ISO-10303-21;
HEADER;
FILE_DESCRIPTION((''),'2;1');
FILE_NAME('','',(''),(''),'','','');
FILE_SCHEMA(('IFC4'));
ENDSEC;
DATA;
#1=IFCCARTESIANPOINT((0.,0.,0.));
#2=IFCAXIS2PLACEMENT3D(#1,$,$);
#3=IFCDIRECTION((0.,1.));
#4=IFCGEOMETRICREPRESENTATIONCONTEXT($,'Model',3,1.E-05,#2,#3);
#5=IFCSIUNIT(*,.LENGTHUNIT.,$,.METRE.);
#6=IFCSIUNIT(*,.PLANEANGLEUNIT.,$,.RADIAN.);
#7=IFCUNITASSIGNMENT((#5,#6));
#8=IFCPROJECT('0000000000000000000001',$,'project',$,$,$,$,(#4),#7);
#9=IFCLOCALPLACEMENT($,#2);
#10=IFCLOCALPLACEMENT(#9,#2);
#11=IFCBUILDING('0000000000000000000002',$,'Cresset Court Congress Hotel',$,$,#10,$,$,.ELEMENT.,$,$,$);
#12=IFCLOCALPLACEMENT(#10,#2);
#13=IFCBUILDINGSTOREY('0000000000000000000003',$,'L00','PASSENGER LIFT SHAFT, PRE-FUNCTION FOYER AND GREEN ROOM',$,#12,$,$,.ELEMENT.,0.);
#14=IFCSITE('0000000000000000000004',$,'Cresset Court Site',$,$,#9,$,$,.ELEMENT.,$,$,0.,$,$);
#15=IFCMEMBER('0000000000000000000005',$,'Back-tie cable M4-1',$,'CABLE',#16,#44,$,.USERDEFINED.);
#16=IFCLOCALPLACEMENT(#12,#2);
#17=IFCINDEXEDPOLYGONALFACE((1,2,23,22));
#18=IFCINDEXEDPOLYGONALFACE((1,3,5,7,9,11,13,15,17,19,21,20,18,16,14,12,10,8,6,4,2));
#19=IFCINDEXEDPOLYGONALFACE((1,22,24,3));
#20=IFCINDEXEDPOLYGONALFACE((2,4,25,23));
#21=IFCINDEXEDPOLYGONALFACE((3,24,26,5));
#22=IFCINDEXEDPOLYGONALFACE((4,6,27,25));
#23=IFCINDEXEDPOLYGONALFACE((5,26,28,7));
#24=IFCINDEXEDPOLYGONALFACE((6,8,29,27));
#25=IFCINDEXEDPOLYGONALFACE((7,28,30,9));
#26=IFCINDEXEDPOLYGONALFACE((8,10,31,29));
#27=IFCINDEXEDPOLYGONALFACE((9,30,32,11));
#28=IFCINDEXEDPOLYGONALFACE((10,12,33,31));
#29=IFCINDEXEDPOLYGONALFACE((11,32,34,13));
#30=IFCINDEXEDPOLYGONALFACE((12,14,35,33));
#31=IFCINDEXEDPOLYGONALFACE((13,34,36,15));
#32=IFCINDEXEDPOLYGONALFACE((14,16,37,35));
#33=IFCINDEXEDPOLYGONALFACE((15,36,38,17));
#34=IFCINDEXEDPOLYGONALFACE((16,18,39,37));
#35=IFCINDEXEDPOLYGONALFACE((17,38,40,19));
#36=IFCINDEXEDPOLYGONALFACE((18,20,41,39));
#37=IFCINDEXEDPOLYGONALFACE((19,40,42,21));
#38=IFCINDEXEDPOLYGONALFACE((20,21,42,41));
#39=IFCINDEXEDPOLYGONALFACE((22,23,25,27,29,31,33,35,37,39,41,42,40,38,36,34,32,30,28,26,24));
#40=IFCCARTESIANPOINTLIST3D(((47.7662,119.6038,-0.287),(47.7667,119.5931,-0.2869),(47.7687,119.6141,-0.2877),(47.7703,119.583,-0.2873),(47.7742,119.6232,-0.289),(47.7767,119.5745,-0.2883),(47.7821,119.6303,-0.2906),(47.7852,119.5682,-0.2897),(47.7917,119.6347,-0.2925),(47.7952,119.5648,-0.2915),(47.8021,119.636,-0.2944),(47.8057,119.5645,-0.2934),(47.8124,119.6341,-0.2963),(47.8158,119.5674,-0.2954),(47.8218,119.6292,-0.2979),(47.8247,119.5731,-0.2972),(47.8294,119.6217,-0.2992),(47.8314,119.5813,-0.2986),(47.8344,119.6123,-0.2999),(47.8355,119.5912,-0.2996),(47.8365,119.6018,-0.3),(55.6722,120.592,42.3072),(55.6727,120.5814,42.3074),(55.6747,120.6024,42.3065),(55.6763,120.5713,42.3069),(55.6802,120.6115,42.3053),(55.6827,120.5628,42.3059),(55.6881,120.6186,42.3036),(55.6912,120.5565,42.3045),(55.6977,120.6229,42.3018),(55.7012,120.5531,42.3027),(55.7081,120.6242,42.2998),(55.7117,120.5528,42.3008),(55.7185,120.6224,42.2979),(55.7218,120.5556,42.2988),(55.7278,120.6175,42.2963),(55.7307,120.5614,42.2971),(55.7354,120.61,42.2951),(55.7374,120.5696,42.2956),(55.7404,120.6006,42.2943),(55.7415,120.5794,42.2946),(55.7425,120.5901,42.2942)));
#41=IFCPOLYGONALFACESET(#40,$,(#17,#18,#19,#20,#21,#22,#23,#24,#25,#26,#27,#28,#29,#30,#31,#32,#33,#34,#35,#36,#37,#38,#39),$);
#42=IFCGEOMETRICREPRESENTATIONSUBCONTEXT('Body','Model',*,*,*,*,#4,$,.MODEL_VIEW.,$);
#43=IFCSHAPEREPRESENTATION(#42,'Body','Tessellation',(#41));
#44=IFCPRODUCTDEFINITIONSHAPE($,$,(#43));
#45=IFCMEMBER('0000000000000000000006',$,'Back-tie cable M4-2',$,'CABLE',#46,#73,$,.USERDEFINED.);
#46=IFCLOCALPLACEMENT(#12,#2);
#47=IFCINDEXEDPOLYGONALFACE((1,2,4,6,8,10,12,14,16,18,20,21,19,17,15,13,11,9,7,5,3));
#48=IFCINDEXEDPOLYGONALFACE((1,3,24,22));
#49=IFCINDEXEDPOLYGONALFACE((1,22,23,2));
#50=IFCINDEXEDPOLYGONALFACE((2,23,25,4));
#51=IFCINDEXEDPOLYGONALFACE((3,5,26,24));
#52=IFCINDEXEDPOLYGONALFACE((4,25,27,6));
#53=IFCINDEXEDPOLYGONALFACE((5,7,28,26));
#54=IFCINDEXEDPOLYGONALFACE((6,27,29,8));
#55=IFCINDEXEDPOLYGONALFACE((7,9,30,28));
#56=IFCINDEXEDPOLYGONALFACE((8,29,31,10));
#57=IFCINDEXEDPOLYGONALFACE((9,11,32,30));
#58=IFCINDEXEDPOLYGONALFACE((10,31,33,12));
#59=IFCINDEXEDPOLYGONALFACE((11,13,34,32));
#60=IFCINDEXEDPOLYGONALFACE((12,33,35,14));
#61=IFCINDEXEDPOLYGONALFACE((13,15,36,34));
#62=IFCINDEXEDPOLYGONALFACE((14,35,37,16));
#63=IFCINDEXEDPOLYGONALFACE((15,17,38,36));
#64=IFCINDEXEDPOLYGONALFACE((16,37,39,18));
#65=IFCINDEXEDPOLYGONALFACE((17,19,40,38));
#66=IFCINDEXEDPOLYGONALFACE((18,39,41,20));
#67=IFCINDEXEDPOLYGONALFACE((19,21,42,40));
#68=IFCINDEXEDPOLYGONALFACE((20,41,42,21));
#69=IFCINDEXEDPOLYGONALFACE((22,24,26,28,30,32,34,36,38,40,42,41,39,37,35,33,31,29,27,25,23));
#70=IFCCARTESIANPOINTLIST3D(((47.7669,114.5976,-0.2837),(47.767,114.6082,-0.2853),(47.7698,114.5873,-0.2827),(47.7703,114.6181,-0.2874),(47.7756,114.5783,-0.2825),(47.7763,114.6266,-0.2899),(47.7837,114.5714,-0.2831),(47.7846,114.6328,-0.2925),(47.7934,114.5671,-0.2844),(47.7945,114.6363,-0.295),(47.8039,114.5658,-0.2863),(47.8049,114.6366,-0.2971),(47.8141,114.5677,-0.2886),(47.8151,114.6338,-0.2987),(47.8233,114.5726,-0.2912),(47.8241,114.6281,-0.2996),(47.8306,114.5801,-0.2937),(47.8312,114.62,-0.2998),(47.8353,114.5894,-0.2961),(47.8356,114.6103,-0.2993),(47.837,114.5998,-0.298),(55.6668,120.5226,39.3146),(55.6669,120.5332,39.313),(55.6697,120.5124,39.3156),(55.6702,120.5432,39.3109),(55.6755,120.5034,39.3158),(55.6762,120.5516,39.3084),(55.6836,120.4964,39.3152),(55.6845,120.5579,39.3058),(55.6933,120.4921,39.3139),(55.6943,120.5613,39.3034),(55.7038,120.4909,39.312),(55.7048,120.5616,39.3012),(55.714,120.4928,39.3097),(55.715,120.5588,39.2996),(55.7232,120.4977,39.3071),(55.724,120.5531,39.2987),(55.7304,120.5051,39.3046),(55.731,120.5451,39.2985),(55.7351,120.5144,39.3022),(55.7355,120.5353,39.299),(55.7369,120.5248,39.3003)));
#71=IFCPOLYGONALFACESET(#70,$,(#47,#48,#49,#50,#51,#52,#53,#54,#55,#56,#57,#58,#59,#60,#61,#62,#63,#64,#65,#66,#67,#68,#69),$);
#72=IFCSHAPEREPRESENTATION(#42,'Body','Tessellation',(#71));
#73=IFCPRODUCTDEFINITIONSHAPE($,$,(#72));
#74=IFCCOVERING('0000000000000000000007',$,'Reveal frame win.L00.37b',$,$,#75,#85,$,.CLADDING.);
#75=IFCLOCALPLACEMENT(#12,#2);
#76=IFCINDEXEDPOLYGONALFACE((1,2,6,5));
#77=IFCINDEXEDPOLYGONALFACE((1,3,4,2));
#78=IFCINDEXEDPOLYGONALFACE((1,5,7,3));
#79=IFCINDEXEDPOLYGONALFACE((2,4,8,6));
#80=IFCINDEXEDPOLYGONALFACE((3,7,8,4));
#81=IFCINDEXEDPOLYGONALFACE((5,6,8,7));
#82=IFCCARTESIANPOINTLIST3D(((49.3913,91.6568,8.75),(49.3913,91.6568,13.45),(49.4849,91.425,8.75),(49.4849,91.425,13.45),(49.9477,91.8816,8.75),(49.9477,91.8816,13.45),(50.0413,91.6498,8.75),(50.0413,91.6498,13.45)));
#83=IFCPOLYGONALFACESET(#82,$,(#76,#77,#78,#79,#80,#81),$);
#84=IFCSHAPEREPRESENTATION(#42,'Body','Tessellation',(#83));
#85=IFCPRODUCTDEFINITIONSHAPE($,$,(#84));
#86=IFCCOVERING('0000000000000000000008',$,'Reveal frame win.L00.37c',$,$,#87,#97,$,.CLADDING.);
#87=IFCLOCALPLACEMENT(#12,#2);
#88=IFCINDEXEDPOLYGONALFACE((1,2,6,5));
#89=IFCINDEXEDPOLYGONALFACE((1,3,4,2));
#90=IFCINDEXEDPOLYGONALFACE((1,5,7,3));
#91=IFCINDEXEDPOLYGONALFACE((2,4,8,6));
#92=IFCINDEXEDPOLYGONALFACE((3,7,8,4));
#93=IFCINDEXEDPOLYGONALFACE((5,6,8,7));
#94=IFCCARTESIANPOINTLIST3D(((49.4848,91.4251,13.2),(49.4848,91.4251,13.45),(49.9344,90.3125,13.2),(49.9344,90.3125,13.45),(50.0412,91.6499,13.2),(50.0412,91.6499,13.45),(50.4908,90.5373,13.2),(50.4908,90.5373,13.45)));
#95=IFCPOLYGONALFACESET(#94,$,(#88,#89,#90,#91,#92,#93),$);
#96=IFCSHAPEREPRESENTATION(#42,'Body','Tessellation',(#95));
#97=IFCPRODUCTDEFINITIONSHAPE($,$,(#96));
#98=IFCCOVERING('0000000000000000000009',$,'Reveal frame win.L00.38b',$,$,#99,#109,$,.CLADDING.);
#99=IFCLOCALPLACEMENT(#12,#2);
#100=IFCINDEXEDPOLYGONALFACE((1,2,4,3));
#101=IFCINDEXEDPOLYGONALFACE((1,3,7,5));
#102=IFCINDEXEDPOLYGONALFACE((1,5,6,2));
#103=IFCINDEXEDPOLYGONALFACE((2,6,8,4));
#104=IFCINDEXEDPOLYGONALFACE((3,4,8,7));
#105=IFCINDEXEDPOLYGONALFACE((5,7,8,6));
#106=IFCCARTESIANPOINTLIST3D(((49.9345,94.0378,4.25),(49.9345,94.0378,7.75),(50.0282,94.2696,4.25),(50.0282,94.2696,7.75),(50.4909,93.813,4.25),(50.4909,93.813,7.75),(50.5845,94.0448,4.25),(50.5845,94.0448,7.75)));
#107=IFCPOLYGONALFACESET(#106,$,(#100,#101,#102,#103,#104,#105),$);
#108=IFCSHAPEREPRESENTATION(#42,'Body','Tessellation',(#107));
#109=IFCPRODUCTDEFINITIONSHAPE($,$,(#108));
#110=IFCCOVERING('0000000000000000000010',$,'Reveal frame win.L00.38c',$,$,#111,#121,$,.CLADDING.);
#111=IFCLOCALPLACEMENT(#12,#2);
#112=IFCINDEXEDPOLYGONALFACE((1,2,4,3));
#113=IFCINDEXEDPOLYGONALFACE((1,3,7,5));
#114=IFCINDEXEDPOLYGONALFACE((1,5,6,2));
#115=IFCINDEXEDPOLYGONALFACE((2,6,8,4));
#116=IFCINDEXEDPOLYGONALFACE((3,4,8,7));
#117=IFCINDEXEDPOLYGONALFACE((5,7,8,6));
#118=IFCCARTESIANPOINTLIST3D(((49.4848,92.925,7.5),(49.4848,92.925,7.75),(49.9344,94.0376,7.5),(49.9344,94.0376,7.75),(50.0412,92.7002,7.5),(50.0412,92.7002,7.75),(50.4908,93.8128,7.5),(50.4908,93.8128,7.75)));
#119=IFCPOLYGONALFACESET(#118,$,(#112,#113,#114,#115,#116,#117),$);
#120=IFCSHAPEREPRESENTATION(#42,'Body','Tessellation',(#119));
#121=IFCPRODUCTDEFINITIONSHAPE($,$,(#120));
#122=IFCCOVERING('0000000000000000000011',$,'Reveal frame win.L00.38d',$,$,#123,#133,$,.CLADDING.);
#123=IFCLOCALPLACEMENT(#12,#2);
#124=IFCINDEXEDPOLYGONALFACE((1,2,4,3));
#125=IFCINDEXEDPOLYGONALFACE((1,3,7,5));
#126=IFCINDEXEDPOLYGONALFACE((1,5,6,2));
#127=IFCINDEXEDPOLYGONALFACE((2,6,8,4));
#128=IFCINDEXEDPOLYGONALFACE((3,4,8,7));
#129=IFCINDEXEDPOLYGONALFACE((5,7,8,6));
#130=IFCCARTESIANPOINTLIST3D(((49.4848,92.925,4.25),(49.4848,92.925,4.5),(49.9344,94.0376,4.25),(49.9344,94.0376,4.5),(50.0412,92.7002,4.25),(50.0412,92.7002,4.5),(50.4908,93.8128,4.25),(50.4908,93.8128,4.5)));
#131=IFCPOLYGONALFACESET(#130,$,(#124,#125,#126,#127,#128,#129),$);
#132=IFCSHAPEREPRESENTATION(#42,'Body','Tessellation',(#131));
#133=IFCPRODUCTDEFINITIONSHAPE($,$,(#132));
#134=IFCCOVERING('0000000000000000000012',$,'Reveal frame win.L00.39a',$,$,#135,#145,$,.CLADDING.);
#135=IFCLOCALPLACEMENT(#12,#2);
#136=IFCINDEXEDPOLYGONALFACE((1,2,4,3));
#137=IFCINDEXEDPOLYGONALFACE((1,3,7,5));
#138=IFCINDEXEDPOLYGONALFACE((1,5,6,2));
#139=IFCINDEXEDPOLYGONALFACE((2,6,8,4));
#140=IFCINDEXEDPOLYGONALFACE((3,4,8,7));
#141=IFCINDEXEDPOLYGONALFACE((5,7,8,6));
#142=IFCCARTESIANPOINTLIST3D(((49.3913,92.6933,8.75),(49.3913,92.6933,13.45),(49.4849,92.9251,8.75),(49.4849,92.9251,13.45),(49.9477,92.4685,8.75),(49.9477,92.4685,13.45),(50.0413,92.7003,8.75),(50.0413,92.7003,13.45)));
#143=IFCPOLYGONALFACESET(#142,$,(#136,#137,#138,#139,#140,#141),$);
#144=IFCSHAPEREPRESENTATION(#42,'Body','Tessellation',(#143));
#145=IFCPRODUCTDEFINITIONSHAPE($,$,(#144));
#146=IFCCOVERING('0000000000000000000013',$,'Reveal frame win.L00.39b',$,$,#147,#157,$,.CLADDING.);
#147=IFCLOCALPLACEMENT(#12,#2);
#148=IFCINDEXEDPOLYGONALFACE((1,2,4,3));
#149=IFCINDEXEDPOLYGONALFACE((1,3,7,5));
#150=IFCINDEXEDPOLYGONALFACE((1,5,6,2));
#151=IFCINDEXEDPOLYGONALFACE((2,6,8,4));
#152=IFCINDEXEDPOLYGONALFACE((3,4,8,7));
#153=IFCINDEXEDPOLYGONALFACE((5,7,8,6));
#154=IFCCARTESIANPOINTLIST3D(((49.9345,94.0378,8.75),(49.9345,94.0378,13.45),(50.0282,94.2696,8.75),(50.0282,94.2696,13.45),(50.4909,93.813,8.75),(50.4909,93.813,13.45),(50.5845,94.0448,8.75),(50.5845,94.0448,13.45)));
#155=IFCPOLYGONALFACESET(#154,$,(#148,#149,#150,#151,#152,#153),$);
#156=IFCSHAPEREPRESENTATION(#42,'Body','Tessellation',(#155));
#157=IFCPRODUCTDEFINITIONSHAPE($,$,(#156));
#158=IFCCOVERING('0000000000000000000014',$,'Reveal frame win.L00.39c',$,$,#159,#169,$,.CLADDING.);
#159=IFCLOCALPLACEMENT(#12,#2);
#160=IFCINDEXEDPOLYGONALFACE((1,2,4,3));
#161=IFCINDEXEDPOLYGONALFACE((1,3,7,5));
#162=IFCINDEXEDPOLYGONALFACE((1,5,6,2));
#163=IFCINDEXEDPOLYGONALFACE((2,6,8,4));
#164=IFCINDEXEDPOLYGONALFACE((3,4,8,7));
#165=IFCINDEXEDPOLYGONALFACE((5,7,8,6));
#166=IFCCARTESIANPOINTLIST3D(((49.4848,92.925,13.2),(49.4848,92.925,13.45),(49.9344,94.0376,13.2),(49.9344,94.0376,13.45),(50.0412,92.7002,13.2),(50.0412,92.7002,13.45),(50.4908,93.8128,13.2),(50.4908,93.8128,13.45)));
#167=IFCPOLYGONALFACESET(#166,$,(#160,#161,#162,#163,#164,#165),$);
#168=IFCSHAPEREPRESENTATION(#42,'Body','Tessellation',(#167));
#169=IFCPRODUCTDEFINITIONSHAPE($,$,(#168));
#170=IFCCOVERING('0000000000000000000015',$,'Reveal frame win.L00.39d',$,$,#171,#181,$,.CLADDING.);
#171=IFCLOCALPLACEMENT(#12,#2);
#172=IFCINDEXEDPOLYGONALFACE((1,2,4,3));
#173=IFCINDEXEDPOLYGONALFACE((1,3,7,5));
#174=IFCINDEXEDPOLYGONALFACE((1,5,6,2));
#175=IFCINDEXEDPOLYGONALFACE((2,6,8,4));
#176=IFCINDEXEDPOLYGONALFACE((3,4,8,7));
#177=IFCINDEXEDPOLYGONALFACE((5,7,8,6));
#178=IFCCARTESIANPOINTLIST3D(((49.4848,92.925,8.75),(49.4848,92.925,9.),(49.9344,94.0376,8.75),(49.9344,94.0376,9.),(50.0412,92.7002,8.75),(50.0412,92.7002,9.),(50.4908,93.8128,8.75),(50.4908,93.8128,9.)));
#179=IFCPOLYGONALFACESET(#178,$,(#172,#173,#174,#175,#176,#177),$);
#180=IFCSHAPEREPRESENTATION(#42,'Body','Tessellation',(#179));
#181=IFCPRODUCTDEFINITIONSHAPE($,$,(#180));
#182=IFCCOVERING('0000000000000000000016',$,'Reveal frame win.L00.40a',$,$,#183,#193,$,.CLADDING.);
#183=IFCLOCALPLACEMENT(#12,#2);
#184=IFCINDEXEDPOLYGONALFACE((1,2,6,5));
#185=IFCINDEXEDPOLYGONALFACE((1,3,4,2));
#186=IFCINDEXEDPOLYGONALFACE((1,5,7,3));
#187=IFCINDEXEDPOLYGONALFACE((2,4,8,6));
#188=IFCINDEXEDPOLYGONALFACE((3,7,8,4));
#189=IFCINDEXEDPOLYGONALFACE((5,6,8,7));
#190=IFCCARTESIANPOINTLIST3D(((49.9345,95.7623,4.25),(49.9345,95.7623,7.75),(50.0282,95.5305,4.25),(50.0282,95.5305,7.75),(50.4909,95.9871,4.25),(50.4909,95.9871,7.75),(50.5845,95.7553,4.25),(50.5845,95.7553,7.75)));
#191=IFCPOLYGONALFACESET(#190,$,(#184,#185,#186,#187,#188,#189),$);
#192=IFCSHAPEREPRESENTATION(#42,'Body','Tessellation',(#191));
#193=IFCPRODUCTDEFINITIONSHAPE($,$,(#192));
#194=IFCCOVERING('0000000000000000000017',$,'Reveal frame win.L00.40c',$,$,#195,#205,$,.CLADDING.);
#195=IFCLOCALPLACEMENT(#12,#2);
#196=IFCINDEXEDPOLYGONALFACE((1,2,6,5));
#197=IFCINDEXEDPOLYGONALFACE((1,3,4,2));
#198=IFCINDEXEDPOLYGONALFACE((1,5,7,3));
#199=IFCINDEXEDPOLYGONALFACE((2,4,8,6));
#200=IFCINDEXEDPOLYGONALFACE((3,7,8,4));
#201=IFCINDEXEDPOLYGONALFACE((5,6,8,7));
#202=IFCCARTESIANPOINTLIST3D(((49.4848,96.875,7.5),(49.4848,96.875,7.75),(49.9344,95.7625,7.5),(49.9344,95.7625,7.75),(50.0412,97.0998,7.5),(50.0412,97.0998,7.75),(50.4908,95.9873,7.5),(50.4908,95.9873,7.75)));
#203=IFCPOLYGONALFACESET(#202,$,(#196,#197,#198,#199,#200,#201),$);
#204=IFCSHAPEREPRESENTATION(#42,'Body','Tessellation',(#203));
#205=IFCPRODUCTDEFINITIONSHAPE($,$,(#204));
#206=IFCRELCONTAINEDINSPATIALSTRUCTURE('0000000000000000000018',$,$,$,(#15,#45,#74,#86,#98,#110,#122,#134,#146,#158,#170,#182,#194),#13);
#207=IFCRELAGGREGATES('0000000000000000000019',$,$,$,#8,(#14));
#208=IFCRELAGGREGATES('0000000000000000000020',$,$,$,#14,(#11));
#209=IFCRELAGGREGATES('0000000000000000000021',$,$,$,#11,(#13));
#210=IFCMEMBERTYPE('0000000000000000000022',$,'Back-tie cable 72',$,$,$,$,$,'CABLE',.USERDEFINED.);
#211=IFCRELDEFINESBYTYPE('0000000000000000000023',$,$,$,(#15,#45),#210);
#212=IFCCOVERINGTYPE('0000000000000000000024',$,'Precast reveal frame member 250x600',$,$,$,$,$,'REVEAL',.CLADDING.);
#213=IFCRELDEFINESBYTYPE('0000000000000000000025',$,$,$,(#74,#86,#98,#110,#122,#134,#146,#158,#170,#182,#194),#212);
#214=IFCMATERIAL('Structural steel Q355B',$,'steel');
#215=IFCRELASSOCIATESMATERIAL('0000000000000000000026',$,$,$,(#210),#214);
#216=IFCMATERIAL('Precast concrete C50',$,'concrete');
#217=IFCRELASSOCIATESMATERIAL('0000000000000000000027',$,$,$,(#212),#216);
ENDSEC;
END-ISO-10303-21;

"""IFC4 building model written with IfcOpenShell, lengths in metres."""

from ifc_helpers import new_model, si_unit, direction, frame, origin, origin_2d, place, context, subcontext, project, spatial, rectangle, circle, extrude, material, material_profile, profile_set, type_object, element, save


model = new_model("IFC4")

# Units and contexts
model_context = context("Model", 3, precision=1e-05, world=origin(), true_north=direction((0.0, 1.0)))
body_context = subcontext(model_context, "Body", "Model", "MODEL_VIEW")
ifc_project = project(units=[si_unit("LENGTHUNIT", "METRE"), si_unit("PLANEANGLEUNIT", "RADIAN")], contexts=[model_context])

# Site, building, storey
site_placement = place(None, origin())
site = spatial("IfcSite", under=ifc_project, at=site_placement, Name="Cresset Court Site", CompositionType="ELEMENT", RefElevation=0.0)
building_placement = place(site_placement, origin())
building = spatial("IfcBuilding", under=site, at=building_placement, Name="Cresset Court Congress Hotel", CompositionType="ELEMENT")
storey_placement = place(building_placement, origin())
storey = spatial("IfcBuildingStorey", under=building, at=storey_placement, Name="L00", Description="PASSENGER LIFT SHAFT, PRE-FUNCTION FOYER AND GREEN ROOM", CompositionType="ELEMENT", Elevation=0.0)

# Members
ifc_material_1 = material(Name="Structural steel Q355B", Category="steel")
ifc_material_profile = material_profile(ifc_material_1, circle(Radius=0.0359, at=origin_2d()), Name="CABLE72")
ifc_profile_set = profile_set([ifc_material_profile], Name="Structural steel Q355B")
member_type = type_object("IfcMemberType", Name="Back-tie cable 72", ElementType="CABLE", PredefinedType="USERDEFINED", material=ifc_profile_set)
member_1_placement = place(storey_placement, frame((55.7073, 120.5884, 42.3008), z_axis=(-0.182448, -0.022807, -0.982951), x_axis=(0.124039, -0.992277, 0.0)))
element("IfcMember", 1, at=member_1_placement, inside=storey, type_object=member_type, Name="Back-tie cable M4-1", ObjectType="CABLE", PredefinedType="USERDEFINED", context=body_context, shape_type="SweptSolid", body=[
    extrude(circle(Radius=0.0359, at=origin_2d()), origin(), (0.0, 0.0, 1.0), 43.333),
])
member_2_placement = place(storey_placement, frame((55.7017, 120.5264, 39.3071), z_axis=(-0.193572, -0.145182, -0.970284), x_axis=(0.600008, -0.799994, 0.0)))
element("IfcMember", 2, at=member_2_placement, inside=storey, type_object=member_type, Name="Back-tie cable M4-2", ObjectType="CABLE", PredefinedType="USERDEFINED", context=body_context, shape_type="SweptSolid", body=[
    extrude(circle(Radius=0.0359, at=origin_2d()), origin(), (0.0, 0.0, 1.0), 40.811),
])

# Coverings
ifc_material_2 = material(Name="Precast concrete C50", Category="concrete")
covering_type = type_object("IfcCoveringType", Name="Precast reveal frame member 250x600", ElementType="REVEAL", PredefinedType="CLADDING", material=ifc_material_2)
covering_1_placement = place(storey_placement, frame((49.7163, 91.6533, 8.75), z_axis=(0.0, 0.0, 1.0), x_axis=(-0.374623, 0.927177, 0.0)))
element("IfcCovering", 3, at=covering_1_placement, inside=storey, type_object=covering_type, Name="Reveal frame win.L00.37b", PredefinedType="CLADDING", context=body_context, shape_type="SweptSolid", body=[
    extrude(rectangle(XDim=0.25, YDim=0.6001, at=origin_2d()), origin(), (0.0, 0.0, 1.0), 4.7),
])
covering_2_placement = place(storey_placement, frame((49.9878, 90.9812, 13.2), z_axis=(0.0, 0.0, 1.0), x_axis=(-0.374623, 0.927177, 0.0)))
element("IfcCovering", 4, at=covering_2_placement, inside=storey, type_object=covering_type, Name="Reveal frame win.L00.37c", PredefinedType="CLADDING", context=body_context, shape_type="SweptSolid", body=[
    extrude(rectangle(XDim=1.2, YDim=0.6001, at=origin_2d()), origin(), (0.0, 0.0, 1.0), 0.25),
])
covering_3_placement = place(storey_placement, frame((50.2595, 94.0413, 4.25), z_axis=(0.0, 0.0, 1.0), x_axis=(0.374623, 0.927177, 0.0)))
element("IfcCovering", 5, at=covering_3_placement, inside=storey, type_object=covering_type, Name="Reveal frame win.L00.38b", PredefinedType="CLADDING", context=body_context, shape_type="SweptSolid", body=[
    extrude(rectangle(XDim=0.25, YDim=0.6001, at=origin_2d()), origin(), (0.0, 0.0, 1.0), 3.5),
])
for number, where, z_axis, x_axis, name in (
    (6, (49.9878, 93.3689, 7.5), (0.0, 0.0, 1.0), (0.374623, 0.927177, 0.0), "Reveal frame win.L00.38c"),
    (7, (49.9878, 93.3689, 4.25), (0.0, 0.0, 1.0), (0.374623, 0.927177, 0.0), "Reveal frame win.L00.38d"),
):
    element("IfcCovering", number, at=place(storey_placement, frame(where, z_axis=z_axis, x_axis=x_axis)), inside=storey, type_object=covering_type, Name=name, PredefinedType="CLADDING", context=body_context, shape_type="SweptSolid", body=[
        extrude(rectangle(XDim=1.2, YDim=0.6001, at=origin_2d()), origin(), (0.0, 0.0, 1.0), 0.25),
    ])
for number, where, z_axis, x_axis, name in (
    (8, (49.7163, 92.6968, 8.75), (0.0, 0.0, 1.0), (0.374623, 0.927177, 0.0), "Reveal frame win.L00.39a"),
    (9, (50.2595, 94.0413, 8.75), (0.0, 0.0, 1.0), (0.374623, 0.927177, 0.0), "Reveal frame win.L00.39b"),
):
    element("IfcCovering", number, at=place(storey_placement, frame(where, z_axis=z_axis, x_axis=x_axis)), inside=storey, type_object=covering_type, Name=name, PredefinedType="CLADDING", context=body_context, shape_type="SweptSolid", body=[
        extrude(rectangle(XDim=0.25, YDim=0.6001, at=origin_2d()), origin(), (0.0, 0.0, 1.0), 4.7),
    ])
for number, where, z_axis, x_axis, name in (
    (10, (49.9878, 93.3689, 13.2), (0.0, 0.0, 1.0), (0.374623, 0.927177, 0.0), "Reveal frame win.L00.39c"),
    (11, (49.9878, 93.3689, 8.75), (0.0, 0.0, 1.0), (0.374623, 0.927177, 0.0), "Reveal frame win.L00.39d"),
):
    element("IfcCovering", number, at=place(storey_placement, frame(where, z_axis=z_axis, x_axis=x_axis)), inside=storey, type_object=covering_type, Name=name, PredefinedType="CLADDING", context=body_context, shape_type="SweptSolid", body=[
        extrude(rectangle(XDim=1.2, YDim=0.6001, at=origin_2d()), origin(), (0.0, 0.0, 1.0), 0.25),
    ])
covering_4_placement = place(storey_placement, frame((50.2595, 95.7588, 4.25), z_axis=(0.0, 0.0, 1.0), x_axis=(-0.374623, 0.927177, 0.0)))
element("IfcCovering", 12, at=covering_4_placement, inside=storey, type_object=covering_type, Name="Reveal frame win.L00.40a", PredefinedType="CLADDING", context=body_context, shape_type="SweptSolid", body=[
    extrude(rectangle(XDim=0.25, YDim=0.6001, at=origin_2d()), origin(), (0.0, 0.0, 1.0), 3.5),
])
for number, where, z_axis, x_axis, name in (
    (13, (49.9878, 96.4312, 7.5), (0.0, 0.0, 1.0), (-0.374623, 0.927177, 0.0), "Reveal frame win.L00.40c"),
):
    element("IfcCovering", number, at=place(storey_placement, frame(where, z_axis=z_axis, x_axis=x_axis)), inside=storey, type_object=covering_type, Name=name, PredefinedType="CLADDING", context=body_context, shape_type="SweptSolid", body=[
        extrude(rectangle(XDim=1.2, YDim=0.6001, at=origin_2d()), origin(), (0.0, 0.0, 1.0), 0.25),
    ])

save(model, "model.ifc")
